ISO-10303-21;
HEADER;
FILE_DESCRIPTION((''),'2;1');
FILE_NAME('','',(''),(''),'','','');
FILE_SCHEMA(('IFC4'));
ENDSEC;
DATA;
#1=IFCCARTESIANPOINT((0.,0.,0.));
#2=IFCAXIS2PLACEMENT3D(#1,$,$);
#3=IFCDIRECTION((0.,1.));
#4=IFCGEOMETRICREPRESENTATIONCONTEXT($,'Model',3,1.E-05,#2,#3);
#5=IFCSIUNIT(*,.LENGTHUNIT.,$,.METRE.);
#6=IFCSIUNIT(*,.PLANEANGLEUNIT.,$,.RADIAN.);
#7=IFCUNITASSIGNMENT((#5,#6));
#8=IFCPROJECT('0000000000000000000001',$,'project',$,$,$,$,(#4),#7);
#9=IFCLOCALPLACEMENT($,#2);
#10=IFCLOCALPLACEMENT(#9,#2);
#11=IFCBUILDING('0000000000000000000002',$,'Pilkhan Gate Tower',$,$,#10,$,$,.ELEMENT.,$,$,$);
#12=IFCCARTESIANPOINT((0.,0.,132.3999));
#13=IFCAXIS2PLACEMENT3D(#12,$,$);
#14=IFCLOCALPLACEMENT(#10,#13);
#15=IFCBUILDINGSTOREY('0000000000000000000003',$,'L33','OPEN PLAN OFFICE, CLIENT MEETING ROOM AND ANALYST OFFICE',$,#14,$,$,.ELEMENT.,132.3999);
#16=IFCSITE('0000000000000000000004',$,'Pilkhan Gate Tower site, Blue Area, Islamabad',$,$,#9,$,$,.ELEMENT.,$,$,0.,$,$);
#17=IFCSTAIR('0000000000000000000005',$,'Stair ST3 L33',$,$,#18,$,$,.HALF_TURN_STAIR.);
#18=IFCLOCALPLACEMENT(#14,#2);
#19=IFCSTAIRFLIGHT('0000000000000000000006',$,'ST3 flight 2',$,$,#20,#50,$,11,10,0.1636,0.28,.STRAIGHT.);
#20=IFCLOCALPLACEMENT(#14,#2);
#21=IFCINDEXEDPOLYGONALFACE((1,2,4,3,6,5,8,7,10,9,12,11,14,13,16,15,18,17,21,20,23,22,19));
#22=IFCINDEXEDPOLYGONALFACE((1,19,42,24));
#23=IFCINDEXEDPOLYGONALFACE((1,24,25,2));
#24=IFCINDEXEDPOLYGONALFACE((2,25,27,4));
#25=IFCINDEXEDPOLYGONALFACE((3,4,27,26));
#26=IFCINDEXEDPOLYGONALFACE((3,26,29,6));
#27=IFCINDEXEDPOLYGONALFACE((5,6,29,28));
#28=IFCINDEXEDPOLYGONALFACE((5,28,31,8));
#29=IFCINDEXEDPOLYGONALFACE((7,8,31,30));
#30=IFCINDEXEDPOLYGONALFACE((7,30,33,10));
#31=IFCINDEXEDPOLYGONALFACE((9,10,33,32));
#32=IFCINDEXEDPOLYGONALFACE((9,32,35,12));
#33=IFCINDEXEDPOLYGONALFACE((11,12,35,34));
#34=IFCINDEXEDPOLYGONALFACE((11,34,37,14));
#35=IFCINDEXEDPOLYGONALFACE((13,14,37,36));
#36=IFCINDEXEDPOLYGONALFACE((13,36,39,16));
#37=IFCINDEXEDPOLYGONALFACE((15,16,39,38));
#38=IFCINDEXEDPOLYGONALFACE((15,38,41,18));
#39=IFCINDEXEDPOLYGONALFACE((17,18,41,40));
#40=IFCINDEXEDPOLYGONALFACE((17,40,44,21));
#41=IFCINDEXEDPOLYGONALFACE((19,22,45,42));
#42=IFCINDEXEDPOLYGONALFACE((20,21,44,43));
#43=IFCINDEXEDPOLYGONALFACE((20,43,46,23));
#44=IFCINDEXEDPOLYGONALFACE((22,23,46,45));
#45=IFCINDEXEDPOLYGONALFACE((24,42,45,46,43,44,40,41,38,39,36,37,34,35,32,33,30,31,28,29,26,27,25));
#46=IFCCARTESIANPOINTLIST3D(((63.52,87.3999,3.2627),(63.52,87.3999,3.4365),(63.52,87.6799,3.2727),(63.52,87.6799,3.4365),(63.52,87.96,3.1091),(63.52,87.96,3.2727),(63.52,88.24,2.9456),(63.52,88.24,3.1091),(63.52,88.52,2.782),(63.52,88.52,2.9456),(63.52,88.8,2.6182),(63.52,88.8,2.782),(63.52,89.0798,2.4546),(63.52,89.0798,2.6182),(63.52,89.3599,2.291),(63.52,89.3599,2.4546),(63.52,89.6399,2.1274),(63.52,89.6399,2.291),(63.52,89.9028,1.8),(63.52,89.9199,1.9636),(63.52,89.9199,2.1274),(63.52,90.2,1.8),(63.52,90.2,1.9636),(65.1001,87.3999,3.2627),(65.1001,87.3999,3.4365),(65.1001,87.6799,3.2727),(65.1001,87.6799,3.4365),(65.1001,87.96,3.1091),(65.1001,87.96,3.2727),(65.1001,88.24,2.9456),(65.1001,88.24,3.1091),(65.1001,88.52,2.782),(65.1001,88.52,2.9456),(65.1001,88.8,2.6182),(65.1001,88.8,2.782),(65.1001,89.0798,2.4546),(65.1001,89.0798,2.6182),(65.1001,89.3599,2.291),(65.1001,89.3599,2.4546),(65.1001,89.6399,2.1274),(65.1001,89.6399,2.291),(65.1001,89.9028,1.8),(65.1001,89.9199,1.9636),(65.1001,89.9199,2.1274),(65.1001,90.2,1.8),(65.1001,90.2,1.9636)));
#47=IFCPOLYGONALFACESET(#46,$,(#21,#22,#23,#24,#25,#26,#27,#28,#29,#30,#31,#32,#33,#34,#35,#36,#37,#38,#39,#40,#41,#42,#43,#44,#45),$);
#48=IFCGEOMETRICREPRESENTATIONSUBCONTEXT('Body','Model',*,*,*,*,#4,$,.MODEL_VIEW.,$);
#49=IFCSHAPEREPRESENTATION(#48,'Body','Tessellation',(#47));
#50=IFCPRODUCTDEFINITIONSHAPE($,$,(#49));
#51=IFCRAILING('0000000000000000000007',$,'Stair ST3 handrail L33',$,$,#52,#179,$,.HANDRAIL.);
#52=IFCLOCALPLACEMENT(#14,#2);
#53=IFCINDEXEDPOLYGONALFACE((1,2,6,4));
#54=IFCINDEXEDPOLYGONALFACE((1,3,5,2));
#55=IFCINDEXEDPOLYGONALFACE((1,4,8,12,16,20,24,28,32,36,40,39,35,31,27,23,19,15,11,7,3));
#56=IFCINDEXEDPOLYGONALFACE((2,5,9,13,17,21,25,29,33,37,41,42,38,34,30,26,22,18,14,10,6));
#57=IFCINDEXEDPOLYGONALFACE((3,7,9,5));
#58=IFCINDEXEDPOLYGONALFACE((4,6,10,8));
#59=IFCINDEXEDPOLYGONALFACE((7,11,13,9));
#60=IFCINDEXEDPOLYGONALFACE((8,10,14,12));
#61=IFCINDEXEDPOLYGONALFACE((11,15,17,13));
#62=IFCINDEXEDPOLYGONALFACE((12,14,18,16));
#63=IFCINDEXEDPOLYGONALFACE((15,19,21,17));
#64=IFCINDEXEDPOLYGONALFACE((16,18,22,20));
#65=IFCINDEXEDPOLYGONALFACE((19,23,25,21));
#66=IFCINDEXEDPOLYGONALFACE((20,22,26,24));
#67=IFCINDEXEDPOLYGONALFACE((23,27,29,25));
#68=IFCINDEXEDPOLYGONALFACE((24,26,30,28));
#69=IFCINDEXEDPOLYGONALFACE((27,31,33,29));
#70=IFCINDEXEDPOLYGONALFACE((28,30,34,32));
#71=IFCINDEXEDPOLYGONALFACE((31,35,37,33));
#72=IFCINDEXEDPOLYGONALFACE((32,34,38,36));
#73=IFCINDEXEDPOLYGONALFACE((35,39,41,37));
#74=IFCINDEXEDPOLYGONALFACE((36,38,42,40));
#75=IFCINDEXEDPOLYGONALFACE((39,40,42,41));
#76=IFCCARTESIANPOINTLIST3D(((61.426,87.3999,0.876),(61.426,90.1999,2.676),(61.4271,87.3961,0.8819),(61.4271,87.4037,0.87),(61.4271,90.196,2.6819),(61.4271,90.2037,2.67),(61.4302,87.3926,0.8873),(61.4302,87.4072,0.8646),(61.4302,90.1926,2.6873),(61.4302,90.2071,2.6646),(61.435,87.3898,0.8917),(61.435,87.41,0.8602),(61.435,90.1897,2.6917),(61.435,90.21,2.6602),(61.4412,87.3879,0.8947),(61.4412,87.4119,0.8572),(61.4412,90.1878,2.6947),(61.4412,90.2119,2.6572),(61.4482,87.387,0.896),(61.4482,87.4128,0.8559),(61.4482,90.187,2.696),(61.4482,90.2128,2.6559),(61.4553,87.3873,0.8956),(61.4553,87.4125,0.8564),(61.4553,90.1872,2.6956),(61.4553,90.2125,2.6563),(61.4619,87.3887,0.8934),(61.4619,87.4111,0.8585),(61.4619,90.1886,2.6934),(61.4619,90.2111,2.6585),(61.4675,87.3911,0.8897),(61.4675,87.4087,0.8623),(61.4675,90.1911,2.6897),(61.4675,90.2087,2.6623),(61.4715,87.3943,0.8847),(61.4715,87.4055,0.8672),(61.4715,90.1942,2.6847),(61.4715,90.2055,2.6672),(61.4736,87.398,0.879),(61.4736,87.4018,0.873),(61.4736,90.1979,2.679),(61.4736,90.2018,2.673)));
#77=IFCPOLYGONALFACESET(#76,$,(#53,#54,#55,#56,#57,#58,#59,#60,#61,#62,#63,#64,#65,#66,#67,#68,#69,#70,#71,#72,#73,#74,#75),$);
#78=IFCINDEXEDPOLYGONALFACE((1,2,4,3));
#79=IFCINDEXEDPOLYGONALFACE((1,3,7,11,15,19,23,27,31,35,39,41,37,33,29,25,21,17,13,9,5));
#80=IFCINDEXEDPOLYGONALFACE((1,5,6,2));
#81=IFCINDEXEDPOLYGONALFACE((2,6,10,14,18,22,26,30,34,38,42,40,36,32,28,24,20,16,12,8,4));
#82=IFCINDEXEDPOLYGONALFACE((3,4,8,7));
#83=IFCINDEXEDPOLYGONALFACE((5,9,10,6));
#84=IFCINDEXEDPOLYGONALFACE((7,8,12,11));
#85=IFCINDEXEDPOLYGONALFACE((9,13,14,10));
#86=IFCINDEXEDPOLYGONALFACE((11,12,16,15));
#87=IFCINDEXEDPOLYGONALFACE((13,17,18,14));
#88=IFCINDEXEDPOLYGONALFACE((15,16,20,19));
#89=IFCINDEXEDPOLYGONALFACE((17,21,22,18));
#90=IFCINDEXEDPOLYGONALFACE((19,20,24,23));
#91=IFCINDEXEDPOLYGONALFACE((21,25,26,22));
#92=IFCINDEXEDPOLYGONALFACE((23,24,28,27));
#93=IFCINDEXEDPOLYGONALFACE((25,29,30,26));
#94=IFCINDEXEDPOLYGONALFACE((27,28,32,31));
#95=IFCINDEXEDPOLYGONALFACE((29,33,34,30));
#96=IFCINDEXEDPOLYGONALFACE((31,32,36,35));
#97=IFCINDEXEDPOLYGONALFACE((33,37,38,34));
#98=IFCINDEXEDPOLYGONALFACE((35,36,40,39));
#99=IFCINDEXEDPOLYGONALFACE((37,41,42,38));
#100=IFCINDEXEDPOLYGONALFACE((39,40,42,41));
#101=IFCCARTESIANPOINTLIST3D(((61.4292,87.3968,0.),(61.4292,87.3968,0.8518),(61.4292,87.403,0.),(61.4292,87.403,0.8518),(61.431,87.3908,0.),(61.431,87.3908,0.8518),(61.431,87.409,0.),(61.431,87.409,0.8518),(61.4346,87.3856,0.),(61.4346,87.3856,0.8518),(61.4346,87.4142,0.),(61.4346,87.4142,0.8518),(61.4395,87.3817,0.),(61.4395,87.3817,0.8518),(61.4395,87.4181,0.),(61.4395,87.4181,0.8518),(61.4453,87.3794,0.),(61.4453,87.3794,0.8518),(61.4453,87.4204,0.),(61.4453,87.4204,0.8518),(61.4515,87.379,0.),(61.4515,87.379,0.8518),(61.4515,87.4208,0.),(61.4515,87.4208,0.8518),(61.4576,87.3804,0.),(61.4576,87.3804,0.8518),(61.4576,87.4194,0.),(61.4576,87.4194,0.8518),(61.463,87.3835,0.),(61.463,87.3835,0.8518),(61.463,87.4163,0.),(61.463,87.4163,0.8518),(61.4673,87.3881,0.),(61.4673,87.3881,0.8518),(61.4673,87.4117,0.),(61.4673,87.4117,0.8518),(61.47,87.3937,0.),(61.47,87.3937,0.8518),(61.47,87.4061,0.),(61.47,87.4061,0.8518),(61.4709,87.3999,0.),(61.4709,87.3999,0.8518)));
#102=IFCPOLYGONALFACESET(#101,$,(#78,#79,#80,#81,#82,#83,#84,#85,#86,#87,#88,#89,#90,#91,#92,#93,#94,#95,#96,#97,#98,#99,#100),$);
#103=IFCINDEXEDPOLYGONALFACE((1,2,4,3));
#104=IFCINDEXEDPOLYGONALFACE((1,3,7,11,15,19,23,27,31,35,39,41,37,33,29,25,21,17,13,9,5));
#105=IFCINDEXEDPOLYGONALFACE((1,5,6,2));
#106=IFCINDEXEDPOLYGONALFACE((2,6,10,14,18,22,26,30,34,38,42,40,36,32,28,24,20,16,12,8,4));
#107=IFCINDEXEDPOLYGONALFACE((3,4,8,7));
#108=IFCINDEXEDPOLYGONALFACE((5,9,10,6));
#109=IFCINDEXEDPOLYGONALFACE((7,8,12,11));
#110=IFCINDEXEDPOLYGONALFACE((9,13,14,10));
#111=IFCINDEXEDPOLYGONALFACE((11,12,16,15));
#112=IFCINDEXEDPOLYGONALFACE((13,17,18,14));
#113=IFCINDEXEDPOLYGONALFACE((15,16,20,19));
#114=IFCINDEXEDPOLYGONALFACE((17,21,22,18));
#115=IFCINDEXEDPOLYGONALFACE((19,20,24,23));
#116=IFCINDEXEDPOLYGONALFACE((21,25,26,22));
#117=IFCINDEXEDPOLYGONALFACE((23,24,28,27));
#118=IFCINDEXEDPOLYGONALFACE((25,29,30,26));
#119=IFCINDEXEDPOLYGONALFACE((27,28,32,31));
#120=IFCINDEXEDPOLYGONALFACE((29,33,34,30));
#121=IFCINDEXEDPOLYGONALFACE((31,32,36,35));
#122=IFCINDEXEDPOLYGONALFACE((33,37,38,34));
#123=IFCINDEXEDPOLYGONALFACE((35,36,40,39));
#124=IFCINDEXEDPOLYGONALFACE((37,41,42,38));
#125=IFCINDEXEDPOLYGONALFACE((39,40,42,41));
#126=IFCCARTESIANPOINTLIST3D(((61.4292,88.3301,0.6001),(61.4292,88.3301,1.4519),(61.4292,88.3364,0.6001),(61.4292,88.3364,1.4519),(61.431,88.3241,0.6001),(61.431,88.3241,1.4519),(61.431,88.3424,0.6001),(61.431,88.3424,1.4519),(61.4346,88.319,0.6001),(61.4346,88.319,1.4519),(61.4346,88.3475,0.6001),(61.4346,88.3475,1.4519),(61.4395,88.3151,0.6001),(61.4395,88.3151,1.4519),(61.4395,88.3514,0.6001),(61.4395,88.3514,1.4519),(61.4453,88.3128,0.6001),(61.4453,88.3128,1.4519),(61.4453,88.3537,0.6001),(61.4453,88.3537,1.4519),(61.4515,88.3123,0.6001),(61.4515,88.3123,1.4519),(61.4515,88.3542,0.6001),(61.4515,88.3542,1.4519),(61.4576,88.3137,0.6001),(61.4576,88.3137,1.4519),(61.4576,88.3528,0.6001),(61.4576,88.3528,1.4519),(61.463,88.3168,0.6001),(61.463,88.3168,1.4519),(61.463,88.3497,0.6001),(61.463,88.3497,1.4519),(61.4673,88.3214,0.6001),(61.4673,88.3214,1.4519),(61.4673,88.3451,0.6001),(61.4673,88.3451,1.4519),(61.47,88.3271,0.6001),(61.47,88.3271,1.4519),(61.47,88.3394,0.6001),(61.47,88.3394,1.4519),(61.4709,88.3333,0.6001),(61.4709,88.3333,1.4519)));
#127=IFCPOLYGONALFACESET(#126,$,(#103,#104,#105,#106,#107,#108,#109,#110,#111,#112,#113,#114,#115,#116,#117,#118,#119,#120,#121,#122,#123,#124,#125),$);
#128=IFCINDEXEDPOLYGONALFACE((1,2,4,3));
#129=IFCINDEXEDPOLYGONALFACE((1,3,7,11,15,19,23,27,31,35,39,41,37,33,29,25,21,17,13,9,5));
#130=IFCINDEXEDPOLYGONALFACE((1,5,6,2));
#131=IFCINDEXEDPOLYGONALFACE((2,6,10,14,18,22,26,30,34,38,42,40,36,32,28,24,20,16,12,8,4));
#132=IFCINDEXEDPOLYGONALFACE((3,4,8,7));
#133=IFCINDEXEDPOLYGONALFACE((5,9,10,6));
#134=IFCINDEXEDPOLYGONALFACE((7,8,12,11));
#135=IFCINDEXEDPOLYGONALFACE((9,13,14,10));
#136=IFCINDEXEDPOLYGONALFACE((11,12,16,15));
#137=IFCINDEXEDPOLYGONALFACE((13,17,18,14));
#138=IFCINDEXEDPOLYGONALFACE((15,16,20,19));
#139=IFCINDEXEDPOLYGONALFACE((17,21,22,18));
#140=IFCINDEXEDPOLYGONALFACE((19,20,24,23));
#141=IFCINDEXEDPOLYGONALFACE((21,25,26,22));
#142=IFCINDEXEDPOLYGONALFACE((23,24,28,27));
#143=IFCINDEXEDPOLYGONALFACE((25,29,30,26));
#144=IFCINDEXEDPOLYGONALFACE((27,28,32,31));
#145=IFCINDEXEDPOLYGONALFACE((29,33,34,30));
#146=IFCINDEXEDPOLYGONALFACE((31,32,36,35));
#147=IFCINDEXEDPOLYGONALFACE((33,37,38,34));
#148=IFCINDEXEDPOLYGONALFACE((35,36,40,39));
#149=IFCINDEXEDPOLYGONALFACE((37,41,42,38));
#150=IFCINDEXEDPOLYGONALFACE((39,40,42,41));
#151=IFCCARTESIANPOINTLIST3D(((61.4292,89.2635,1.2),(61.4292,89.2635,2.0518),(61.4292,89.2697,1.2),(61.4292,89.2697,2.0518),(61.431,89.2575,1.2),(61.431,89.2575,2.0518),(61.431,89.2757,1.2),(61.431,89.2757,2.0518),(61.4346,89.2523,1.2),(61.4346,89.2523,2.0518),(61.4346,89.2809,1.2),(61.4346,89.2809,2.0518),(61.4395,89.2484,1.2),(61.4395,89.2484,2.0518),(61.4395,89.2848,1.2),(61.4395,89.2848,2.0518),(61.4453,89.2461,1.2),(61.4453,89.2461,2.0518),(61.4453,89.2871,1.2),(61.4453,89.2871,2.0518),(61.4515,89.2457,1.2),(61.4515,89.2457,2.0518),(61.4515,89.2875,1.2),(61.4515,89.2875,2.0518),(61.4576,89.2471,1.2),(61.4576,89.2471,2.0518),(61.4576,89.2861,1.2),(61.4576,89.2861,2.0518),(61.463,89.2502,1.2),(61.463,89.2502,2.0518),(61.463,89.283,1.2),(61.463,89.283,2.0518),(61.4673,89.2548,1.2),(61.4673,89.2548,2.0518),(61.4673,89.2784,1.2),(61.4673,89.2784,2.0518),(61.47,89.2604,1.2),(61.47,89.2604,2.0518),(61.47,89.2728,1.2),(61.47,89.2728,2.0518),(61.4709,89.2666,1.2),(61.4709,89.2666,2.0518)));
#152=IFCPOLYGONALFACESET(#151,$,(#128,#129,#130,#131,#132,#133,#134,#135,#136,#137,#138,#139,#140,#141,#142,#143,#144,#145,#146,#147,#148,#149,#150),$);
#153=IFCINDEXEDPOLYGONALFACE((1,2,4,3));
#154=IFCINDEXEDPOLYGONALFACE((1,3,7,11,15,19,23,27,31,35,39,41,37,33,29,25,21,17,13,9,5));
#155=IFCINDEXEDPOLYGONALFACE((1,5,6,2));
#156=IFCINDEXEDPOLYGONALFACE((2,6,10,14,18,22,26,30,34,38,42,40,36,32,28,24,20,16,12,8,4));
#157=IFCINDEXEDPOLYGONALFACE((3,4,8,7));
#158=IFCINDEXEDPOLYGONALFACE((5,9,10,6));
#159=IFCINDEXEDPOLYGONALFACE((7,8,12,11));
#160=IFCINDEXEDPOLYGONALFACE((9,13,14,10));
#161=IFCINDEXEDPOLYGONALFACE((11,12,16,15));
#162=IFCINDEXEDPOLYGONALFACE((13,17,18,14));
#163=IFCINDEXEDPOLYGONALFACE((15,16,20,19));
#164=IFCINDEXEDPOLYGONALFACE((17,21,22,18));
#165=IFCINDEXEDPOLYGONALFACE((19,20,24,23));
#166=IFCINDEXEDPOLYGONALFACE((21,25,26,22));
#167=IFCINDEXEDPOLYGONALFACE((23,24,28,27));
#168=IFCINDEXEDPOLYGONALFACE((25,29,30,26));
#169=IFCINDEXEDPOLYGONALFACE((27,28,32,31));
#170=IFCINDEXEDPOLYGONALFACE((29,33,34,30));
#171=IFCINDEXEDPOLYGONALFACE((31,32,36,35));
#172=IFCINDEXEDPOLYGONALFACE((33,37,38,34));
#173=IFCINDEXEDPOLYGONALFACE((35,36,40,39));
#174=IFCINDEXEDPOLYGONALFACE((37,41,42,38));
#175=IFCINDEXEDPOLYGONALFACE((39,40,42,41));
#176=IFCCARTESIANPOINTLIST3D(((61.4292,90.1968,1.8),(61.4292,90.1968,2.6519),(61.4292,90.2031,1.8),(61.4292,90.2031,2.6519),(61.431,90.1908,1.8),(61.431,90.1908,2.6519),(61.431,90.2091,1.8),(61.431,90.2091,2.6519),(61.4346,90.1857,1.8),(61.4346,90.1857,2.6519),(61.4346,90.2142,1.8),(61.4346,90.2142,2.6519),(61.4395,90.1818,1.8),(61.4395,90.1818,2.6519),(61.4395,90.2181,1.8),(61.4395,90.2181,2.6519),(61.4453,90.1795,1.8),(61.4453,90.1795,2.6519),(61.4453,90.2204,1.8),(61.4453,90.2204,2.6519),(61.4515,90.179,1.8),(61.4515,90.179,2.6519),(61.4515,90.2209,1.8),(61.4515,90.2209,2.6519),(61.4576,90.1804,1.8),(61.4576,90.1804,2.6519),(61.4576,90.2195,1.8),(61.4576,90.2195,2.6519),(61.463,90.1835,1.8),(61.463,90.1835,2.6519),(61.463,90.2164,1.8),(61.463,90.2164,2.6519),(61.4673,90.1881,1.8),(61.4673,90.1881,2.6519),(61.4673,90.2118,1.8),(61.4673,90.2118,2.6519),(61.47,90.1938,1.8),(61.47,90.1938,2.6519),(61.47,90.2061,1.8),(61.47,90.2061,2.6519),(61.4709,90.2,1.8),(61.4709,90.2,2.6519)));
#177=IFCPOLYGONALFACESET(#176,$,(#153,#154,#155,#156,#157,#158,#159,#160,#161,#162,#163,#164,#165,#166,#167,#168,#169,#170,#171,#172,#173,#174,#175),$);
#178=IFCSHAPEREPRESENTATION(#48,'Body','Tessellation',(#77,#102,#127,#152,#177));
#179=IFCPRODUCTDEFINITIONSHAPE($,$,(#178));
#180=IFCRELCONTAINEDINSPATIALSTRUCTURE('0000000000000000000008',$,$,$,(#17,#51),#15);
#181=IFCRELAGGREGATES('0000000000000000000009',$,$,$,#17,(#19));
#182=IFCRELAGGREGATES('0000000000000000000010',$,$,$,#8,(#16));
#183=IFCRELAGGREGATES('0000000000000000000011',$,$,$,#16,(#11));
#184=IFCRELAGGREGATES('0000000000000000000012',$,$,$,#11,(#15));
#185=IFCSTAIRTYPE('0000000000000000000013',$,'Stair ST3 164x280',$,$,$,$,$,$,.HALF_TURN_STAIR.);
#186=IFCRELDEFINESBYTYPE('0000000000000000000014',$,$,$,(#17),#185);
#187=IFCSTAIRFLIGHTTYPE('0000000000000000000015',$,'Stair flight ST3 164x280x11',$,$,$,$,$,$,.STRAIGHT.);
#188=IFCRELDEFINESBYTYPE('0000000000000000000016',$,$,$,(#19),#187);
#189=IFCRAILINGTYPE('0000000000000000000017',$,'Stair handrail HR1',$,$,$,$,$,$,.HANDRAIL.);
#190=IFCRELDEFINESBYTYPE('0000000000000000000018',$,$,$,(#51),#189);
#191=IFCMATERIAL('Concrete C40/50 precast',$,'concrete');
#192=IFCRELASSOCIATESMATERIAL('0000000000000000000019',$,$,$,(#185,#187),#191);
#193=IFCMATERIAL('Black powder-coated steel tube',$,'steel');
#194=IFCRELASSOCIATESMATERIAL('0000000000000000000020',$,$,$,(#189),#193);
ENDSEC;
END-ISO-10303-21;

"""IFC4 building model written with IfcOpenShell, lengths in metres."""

from ifc_helpers import new_model, si_unit, direction, frame, origin, origin_2d, place, context, subcontext, project, spatial, polyline, circle, outline, extrude, material, type_object, element, aggregate, save


model = new_model("IFC4")

# Units and contexts
model_context = context("Model", 3, precision=1e-05, world=origin(), true_north=direction((0.0, 1.0)))
body_context = subcontext(model_context, "Body", "Model", "MODEL_VIEW")
ifc_project = project(units=[si_unit("LENGTHUNIT", "METRE"), si_unit("PLANEANGLEUNIT", "RADIAN")], contexts=[model_context])

# Site, building, storey
site_placement = place(None, origin())
site = spatial("IfcSite", under=ifc_project, at=site_placement, Name="Pilkhan Gate Tower site, Blue Area, Islamabad", CompositionType="ELEMENT", RefElevation=0.0)
building_placement = place(site_placement, origin())
building = spatial("IfcBuilding", under=site, at=building_placement, Name="Pilkhan Gate Tower", CompositionType="ELEMENT")
storey_placement = place(building_placement, frame((0.0, 0.0, 132.3999)))
storey = spatial("IfcBuildingStorey", under=building, at=storey_placement, Name="L33", Description="OPEN PLAN OFFICE, CLIENT MEETING ROOM AND ANALYST OFFICE", CompositionType="ELEMENT", Elevation=132.3999)

# Stair, stair flight
ifc_material_1 = material(Name="Concrete C40/50 precast", Category="concrete")
stair_type = type_object("IfcStairType", Name="Stair ST3 164x280", PredefinedType="HALF_TURN_STAIR", material=ifc_material_1)
stair_placement = place(storey_placement, origin())
stair = element("IfcStair", 1, at=stair_placement, inside=storey, type_object=stair_type, Name="Stair ST3 L33", PredefinedType="HALF_TURN_STAIR")
stair_flight_type = type_object("IfcStairFlightType", Name="Stair flight ST3 164x280x11", PredefinedType="STRAIGHT", material=ifc_material_1)
stair_flight_1_placement = place(storey_placement, frame((64.3101, 90.2, 1.8), z_axis=(0.0, 0.0, 1.0), x_axis=(0.0, -1.0, 0.0)))
stair_flight_1 = element("IfcStairFlight", 2, at=stair_flight_1_placement, type_object=stair_flight_type, Name="ST3 flight 2", NumberOfRisers=11, NumberOfTreads=10, PredefinedType="STRAIGHT", RiserHeight=0.1636, TreadLength=0.28, context=body_context, shape_type="SweptSolid", body=[
    extrude(outline(polyline([(0.0, 0.0), (0.0, 0.1636), (0.28, 0.1636), (0.28, 0.3274), (0.5601, 0.3274), (0.5601, 0.491), (0.8401, 0.491), (0.8401, 0.6545), (1.1201, 0.6545), (1.1201, 0.8181), (1.3999, 0.8181), (1.3999, 0.9819), (1.6799, 0.9819), (1.6799, 1.1455), (1.96, 1.1455), (1.96, 1.3091), (2.24, 1.3091), (2.24, 1.4727), (2.52, 1.4727), (2.52, 1.6365), (2.8, 1.6365), (2.8, 1.8), (2.8, 1.4626), (0.2971, 0.0), (0.0, 0.0)])), frame((0.0, 0.79, 0.0), z_axis=(0.0, -1.0, 0.0), x_axis=(1.0, 0.0, 0.0)), (0.0, 0.0, 1.0), 1.5801),
])
aggregate(stair, [stair_flight_1])

# Railing
ifc_material_2 = material(Name="Black powder-coated steel tube", Category="steel")
railing_type_1 = type_object("IfcRailingType", Name="Stair handrail HR1", PredefinedType="HANDRAIL", material=ifc_material_2)
railing_1_placement = place(storey_placement, frame((61.45, 87.3999, 0.0)))
element("IfcRailing", 3, at=railing_1_placement, inside=storey, type_object=railing_type_1, Name="Stair ST3 handrail L33", PredefinedType="HANDRAIL", context=body_context, shape_type="SweptSolid", body=[
    extrude(circle(Radius=0.0239, at=origin_2d()), frame((0.0, 0.0, 0.876), z_axis=(0.0, 0.841176, 0.540761), x_axis=(-1.0, 0.0, 0.0)), (0.0, 0.0, 1.0), 3.3286),
    extrude(circle(Radius=0.021, at=origin_2d()), origin(), (0.0, 0.0, 1.0), 0.8518),
    extrude(circle(Radius=0.021, at=origin_2d()), frame((0.0, 0.9333, 0.6001)), (0.0, 0.0, 1.0), 0.8518),
    extrude(circle(Radius=0.021, at=origin_2d()), frame((0.0, 1.8667, 1.2)), (0.0, 0.0, 1.0), 0.8518),
    extrude(circle(Radius=0.021, at=origin_2d()), frame((0.0, 2.8, 1.8)), (0.0, 0.0, 1.0), 0.8518),
])

save(model, "model.ifc")
